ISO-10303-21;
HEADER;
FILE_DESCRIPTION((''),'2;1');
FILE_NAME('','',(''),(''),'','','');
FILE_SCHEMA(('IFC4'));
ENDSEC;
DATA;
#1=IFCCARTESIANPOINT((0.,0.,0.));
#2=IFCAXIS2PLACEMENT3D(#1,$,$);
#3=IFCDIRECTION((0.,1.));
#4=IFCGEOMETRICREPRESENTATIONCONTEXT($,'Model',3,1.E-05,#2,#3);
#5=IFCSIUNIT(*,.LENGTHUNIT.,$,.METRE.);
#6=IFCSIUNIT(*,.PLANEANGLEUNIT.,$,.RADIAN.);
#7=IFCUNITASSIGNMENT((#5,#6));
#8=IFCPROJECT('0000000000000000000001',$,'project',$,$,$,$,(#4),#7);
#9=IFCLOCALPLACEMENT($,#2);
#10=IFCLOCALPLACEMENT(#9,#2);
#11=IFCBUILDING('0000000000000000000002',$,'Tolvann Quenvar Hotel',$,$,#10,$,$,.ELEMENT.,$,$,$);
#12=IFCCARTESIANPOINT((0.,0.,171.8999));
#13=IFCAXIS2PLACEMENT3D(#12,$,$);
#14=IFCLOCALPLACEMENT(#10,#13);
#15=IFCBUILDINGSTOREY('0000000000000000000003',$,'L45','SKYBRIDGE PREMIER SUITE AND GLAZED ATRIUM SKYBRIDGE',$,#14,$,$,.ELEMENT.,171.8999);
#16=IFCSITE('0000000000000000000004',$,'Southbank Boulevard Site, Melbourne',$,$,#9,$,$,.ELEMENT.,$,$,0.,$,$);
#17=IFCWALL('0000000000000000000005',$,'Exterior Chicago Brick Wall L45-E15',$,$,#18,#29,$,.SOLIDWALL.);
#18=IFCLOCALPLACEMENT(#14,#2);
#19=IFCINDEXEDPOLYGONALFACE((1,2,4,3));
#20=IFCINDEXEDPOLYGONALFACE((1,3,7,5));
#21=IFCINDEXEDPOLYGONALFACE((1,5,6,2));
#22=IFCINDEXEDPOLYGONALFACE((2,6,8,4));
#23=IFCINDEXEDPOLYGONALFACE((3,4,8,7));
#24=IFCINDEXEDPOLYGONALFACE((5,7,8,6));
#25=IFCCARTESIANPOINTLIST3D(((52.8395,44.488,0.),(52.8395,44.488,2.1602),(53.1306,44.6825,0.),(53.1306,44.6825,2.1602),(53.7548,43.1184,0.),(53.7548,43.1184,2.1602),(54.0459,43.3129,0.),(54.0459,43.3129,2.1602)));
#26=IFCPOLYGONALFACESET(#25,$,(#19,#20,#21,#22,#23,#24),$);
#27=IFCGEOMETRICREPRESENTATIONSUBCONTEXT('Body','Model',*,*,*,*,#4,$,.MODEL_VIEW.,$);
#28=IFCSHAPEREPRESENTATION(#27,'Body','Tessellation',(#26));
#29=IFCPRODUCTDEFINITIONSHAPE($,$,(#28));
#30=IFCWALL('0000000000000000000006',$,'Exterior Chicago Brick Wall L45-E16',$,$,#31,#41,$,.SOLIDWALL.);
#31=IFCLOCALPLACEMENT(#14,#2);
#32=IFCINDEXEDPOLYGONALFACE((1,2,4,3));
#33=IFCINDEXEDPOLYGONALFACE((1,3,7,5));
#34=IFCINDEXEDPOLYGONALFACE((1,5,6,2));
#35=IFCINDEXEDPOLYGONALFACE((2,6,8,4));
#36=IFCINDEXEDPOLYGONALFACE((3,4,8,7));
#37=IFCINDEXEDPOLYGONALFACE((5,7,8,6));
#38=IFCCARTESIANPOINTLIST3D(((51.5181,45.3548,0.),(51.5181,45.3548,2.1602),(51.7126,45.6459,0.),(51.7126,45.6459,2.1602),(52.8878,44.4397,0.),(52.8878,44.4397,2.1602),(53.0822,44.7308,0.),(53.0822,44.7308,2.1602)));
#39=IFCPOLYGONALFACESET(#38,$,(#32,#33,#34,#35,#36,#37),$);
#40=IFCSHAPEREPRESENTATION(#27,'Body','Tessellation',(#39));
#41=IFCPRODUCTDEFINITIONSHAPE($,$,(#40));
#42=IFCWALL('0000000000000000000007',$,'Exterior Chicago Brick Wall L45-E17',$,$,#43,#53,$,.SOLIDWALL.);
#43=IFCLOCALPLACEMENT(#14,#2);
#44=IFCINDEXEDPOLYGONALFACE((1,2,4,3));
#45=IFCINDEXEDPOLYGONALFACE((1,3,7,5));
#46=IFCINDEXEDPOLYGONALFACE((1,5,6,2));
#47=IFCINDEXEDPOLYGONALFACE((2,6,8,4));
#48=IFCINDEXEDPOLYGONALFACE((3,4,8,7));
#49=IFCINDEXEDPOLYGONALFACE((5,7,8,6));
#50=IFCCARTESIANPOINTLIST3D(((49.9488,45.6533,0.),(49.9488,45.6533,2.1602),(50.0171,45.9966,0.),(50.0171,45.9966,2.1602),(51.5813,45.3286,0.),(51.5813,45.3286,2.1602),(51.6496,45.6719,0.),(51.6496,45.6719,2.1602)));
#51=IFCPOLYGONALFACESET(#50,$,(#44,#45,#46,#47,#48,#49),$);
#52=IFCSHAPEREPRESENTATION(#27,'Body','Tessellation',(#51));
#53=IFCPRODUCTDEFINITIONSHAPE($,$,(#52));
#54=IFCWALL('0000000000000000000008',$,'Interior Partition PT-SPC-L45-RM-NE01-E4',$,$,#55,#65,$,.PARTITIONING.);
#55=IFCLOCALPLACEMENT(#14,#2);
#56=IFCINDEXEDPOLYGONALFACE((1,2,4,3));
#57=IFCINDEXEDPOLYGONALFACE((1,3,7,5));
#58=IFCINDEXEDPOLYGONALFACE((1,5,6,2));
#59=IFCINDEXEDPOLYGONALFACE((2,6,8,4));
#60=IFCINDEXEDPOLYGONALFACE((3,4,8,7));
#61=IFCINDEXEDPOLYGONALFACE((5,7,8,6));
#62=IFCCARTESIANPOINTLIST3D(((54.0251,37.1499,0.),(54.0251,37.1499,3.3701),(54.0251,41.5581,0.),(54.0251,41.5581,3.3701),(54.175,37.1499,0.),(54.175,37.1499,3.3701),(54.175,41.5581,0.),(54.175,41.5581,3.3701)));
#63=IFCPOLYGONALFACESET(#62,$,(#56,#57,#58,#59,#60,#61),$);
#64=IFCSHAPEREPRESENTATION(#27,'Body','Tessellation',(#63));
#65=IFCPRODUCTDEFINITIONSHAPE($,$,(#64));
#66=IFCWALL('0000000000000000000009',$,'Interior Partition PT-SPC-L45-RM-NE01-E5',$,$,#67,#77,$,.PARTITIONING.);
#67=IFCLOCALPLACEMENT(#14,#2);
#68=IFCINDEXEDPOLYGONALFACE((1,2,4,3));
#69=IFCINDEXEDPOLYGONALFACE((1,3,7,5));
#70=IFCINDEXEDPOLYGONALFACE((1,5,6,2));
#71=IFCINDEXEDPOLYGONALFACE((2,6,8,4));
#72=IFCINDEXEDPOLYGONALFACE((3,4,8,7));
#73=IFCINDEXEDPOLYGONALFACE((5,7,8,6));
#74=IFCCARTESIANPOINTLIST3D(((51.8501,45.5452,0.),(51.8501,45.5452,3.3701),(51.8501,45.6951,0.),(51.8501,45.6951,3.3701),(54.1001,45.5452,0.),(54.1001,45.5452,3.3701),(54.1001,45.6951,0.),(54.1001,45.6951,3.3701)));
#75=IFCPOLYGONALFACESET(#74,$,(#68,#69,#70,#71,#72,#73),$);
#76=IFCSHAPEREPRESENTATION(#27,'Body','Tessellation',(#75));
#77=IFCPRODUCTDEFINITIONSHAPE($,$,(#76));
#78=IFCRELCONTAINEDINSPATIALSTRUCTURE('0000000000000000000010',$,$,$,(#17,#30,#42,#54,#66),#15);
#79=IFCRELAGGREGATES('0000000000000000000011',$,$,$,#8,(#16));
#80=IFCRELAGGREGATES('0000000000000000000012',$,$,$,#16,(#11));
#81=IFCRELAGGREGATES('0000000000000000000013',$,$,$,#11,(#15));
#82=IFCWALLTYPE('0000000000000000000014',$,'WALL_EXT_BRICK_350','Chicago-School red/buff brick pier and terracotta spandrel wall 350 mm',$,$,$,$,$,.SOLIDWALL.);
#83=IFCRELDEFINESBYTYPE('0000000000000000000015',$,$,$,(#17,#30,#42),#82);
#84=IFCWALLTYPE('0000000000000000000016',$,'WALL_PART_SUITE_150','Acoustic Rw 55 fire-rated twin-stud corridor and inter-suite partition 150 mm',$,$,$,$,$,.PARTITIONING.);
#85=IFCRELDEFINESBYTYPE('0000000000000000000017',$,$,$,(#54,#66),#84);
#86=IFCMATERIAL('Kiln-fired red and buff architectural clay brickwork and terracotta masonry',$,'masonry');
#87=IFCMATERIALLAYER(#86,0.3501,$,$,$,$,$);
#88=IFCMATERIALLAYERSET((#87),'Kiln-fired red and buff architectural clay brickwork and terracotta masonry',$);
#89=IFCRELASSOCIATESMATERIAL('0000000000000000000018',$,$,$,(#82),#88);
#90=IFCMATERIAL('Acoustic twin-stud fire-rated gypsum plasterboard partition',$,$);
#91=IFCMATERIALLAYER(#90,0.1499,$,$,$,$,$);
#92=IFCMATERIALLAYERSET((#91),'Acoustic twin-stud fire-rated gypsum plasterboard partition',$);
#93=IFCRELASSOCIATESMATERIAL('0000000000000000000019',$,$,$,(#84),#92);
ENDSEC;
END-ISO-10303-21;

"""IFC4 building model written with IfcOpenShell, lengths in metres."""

from ifc_helpers import new_model, si_unit, direction, frame, frame_2d, origin, place, context, subcontext, project, spatial, rectangle, extrude, material, layer, layer_set, type_object, element, save


model = new_model("IFC4")

# Units and contexts
model_context = context("Model", 3, precision=1e-05, world=origin(), true_north=direction((0.0, 1.0)))
body_context = subcontext(model_context, "Body", "Model", "MODEL_VIEW")
ifc_project = project(units=[si_unit("LENGTHUNIT", "METRE"), si_unit("PLANEANGLEUNIT", "RADIAN")], contexts=[model_context])

# Site, building, storey
site_placement = place(None, origin())
site = spatial("IfcSite", under=ifc_project, at=site_placement, Name="Southbank Boulevard Site, Melbourne", CompositionType="ELEMENT", RefElevation=0.0)
building_placement = place(site_placement, origin())
building = spatial("IfcBuilding", under=site, at=building_placement, Name="Tolvann Quenvar Hotel", CompositionType="ELEMENT")
storey_placement = place(building_placement, frame((0.0, 0.0, 171.8999)))
storey = spatial("IfcBuildingStorey", under=building, at=storey_placement, Name="L45", Description="SKYBRIDGE PREMIER SUITE AND GLAZED ATRIUM SKYBRIDGE", CompositionType="ELEMENT", Elevation=171.8999)

# Walls
ifc_material_1 = material(Name="Kiln-fired red and buff architectural clay brickwork and terracotta masonry", Category="masonry")
ifc_layer_1 = layer(ifc_material_1, 0.3501)
ifc_layer_set_1 = layer_set([ifc_layer_1], Name="Kiln-fired red and buff architectural clay brickwork and terracotta masonry")
wall_type_1 = type_object("IfcWallType", Name="WALL_EXT_BRICK_350", Description="Chicago-School red/buff brick pier and terracotta spandrel wall 350 mm", PredefinedType="SOLIDWALL", material=ifc_layer_set_1)
for number, where, z_axis, x_axis, name in (
    (1, (53.9004, 43.2156, 0.0), (0.0, 0.0, 1.0), (-0.555623, 0.831434, 0.0), "Exterior Chicago Brick Wall L45-E15"),
    (2, (52.9851, 44.5852, 0.0), (0.0, 0.0, 1.0), (-0.831503, 0.555521, 0.0), "Exterior Chicago Brick Wall L45-E16"),
):
    element("IfcWall", number, at=place(storey_placement, frame(where, z_axis=z_axis, x_axis=x_axis)), inside=storey, type_object=wall_type_1, Name=name, PredefinedType="SOLIDWALL", context=body_context, shape_type="SweptSolid", body=[
        extrude(rectangle(XDim=1.6472, YDim=0.3501, at=frame_2d((0.8237, 0.0))), origin(), (0.0, 0.0, 1.0), 2.1602),
    ])
wall_1_placement = place(storey_placement, frame((51.6155, 45.5002, 0.0), z_axis=(0.0, 0.0, 1.0), x_axis=(-0.980789, 0.195072, 0.0)))
element("IfcWall", 3, at=wall_1_placement, inside=storey, type_object=wall_type_1, Name="Exterior Chicago Brick Wall L45-E17", PredefinedType="SOLIDWALL", context=body_context, shape_type="SweptSolid", body=[
    extrude(rectangle(XDim=1.6646, YDim=0.3501, at=frame_2d((0.8323, 0.0))), origin(), (0.0, 0.0, 1.0), 2.1602),
])

# Walls
ifc_material_2 = material(Name="Acoustic twin-stud fire-rated gypsum plasterboard partition")
ifc_layer_2 = layer(ifc_material_2, 0.1499)
ifc_layer_set_2 = layer_set([ifc_layer_2], Name="Acoustic twin-stud fire-rated gypsum plasterboard partition")
wall_type_2 = type_object("IfcWallType", Name="WALL_PART_SUITE_150", Description="Acoustic Rw 55 fire-rated twin-stud corridor and inter-suite partition 150 mm", PredefinedType="PARTITIONING", material=ifc_layer_set_2)
wall_2_placement = place(storey_placement, frame((54.1001, 37.1499, 0.0), z_axis=(0.0, 0.0, 1.0), x_axis=(0.0, 1.0, 0.0)))
element("IfcWall", 4, at=wall_2_placement, inside=storey, type_object=wall_type_2, Name="Interior Partition PT-SPC-L45-RM-NE01-E4", PredefinedType="PARTITIONING", context=body_context, shape_type="SweptSolid", body=[
    extrude(rectangle(XDim=4.4082, YDim=0.1499, at=frame_2d((2.2041, 0.0))), origin(), (0.0, 0.0, 1.0), 3.3701),
])
wall_3_placement = place(storey_placement, frame((51.8501, 45.6201, 0.0), z_axis=(0.0, 0.0, 1.0), x_axis=(1.0, 0.0, 0.0)))
element("IfcWall", 5, at=wall_3_placement, inside=storey, type_object=wall_type_2, Name="Interior Partition PT-SPC-L45-RM-NE01-E5", PredefinedType="PARTITIONING", context=body_context, shape_type="SweptSolid", body=[
    extrude(rectangle(XDim=2.25, YDim=0.1499, at=frame_2d((1.125, 0.0))), origin(), (0.0, 0.0, 1.0), 3.3701),
])

save(model, "model.ifc")
